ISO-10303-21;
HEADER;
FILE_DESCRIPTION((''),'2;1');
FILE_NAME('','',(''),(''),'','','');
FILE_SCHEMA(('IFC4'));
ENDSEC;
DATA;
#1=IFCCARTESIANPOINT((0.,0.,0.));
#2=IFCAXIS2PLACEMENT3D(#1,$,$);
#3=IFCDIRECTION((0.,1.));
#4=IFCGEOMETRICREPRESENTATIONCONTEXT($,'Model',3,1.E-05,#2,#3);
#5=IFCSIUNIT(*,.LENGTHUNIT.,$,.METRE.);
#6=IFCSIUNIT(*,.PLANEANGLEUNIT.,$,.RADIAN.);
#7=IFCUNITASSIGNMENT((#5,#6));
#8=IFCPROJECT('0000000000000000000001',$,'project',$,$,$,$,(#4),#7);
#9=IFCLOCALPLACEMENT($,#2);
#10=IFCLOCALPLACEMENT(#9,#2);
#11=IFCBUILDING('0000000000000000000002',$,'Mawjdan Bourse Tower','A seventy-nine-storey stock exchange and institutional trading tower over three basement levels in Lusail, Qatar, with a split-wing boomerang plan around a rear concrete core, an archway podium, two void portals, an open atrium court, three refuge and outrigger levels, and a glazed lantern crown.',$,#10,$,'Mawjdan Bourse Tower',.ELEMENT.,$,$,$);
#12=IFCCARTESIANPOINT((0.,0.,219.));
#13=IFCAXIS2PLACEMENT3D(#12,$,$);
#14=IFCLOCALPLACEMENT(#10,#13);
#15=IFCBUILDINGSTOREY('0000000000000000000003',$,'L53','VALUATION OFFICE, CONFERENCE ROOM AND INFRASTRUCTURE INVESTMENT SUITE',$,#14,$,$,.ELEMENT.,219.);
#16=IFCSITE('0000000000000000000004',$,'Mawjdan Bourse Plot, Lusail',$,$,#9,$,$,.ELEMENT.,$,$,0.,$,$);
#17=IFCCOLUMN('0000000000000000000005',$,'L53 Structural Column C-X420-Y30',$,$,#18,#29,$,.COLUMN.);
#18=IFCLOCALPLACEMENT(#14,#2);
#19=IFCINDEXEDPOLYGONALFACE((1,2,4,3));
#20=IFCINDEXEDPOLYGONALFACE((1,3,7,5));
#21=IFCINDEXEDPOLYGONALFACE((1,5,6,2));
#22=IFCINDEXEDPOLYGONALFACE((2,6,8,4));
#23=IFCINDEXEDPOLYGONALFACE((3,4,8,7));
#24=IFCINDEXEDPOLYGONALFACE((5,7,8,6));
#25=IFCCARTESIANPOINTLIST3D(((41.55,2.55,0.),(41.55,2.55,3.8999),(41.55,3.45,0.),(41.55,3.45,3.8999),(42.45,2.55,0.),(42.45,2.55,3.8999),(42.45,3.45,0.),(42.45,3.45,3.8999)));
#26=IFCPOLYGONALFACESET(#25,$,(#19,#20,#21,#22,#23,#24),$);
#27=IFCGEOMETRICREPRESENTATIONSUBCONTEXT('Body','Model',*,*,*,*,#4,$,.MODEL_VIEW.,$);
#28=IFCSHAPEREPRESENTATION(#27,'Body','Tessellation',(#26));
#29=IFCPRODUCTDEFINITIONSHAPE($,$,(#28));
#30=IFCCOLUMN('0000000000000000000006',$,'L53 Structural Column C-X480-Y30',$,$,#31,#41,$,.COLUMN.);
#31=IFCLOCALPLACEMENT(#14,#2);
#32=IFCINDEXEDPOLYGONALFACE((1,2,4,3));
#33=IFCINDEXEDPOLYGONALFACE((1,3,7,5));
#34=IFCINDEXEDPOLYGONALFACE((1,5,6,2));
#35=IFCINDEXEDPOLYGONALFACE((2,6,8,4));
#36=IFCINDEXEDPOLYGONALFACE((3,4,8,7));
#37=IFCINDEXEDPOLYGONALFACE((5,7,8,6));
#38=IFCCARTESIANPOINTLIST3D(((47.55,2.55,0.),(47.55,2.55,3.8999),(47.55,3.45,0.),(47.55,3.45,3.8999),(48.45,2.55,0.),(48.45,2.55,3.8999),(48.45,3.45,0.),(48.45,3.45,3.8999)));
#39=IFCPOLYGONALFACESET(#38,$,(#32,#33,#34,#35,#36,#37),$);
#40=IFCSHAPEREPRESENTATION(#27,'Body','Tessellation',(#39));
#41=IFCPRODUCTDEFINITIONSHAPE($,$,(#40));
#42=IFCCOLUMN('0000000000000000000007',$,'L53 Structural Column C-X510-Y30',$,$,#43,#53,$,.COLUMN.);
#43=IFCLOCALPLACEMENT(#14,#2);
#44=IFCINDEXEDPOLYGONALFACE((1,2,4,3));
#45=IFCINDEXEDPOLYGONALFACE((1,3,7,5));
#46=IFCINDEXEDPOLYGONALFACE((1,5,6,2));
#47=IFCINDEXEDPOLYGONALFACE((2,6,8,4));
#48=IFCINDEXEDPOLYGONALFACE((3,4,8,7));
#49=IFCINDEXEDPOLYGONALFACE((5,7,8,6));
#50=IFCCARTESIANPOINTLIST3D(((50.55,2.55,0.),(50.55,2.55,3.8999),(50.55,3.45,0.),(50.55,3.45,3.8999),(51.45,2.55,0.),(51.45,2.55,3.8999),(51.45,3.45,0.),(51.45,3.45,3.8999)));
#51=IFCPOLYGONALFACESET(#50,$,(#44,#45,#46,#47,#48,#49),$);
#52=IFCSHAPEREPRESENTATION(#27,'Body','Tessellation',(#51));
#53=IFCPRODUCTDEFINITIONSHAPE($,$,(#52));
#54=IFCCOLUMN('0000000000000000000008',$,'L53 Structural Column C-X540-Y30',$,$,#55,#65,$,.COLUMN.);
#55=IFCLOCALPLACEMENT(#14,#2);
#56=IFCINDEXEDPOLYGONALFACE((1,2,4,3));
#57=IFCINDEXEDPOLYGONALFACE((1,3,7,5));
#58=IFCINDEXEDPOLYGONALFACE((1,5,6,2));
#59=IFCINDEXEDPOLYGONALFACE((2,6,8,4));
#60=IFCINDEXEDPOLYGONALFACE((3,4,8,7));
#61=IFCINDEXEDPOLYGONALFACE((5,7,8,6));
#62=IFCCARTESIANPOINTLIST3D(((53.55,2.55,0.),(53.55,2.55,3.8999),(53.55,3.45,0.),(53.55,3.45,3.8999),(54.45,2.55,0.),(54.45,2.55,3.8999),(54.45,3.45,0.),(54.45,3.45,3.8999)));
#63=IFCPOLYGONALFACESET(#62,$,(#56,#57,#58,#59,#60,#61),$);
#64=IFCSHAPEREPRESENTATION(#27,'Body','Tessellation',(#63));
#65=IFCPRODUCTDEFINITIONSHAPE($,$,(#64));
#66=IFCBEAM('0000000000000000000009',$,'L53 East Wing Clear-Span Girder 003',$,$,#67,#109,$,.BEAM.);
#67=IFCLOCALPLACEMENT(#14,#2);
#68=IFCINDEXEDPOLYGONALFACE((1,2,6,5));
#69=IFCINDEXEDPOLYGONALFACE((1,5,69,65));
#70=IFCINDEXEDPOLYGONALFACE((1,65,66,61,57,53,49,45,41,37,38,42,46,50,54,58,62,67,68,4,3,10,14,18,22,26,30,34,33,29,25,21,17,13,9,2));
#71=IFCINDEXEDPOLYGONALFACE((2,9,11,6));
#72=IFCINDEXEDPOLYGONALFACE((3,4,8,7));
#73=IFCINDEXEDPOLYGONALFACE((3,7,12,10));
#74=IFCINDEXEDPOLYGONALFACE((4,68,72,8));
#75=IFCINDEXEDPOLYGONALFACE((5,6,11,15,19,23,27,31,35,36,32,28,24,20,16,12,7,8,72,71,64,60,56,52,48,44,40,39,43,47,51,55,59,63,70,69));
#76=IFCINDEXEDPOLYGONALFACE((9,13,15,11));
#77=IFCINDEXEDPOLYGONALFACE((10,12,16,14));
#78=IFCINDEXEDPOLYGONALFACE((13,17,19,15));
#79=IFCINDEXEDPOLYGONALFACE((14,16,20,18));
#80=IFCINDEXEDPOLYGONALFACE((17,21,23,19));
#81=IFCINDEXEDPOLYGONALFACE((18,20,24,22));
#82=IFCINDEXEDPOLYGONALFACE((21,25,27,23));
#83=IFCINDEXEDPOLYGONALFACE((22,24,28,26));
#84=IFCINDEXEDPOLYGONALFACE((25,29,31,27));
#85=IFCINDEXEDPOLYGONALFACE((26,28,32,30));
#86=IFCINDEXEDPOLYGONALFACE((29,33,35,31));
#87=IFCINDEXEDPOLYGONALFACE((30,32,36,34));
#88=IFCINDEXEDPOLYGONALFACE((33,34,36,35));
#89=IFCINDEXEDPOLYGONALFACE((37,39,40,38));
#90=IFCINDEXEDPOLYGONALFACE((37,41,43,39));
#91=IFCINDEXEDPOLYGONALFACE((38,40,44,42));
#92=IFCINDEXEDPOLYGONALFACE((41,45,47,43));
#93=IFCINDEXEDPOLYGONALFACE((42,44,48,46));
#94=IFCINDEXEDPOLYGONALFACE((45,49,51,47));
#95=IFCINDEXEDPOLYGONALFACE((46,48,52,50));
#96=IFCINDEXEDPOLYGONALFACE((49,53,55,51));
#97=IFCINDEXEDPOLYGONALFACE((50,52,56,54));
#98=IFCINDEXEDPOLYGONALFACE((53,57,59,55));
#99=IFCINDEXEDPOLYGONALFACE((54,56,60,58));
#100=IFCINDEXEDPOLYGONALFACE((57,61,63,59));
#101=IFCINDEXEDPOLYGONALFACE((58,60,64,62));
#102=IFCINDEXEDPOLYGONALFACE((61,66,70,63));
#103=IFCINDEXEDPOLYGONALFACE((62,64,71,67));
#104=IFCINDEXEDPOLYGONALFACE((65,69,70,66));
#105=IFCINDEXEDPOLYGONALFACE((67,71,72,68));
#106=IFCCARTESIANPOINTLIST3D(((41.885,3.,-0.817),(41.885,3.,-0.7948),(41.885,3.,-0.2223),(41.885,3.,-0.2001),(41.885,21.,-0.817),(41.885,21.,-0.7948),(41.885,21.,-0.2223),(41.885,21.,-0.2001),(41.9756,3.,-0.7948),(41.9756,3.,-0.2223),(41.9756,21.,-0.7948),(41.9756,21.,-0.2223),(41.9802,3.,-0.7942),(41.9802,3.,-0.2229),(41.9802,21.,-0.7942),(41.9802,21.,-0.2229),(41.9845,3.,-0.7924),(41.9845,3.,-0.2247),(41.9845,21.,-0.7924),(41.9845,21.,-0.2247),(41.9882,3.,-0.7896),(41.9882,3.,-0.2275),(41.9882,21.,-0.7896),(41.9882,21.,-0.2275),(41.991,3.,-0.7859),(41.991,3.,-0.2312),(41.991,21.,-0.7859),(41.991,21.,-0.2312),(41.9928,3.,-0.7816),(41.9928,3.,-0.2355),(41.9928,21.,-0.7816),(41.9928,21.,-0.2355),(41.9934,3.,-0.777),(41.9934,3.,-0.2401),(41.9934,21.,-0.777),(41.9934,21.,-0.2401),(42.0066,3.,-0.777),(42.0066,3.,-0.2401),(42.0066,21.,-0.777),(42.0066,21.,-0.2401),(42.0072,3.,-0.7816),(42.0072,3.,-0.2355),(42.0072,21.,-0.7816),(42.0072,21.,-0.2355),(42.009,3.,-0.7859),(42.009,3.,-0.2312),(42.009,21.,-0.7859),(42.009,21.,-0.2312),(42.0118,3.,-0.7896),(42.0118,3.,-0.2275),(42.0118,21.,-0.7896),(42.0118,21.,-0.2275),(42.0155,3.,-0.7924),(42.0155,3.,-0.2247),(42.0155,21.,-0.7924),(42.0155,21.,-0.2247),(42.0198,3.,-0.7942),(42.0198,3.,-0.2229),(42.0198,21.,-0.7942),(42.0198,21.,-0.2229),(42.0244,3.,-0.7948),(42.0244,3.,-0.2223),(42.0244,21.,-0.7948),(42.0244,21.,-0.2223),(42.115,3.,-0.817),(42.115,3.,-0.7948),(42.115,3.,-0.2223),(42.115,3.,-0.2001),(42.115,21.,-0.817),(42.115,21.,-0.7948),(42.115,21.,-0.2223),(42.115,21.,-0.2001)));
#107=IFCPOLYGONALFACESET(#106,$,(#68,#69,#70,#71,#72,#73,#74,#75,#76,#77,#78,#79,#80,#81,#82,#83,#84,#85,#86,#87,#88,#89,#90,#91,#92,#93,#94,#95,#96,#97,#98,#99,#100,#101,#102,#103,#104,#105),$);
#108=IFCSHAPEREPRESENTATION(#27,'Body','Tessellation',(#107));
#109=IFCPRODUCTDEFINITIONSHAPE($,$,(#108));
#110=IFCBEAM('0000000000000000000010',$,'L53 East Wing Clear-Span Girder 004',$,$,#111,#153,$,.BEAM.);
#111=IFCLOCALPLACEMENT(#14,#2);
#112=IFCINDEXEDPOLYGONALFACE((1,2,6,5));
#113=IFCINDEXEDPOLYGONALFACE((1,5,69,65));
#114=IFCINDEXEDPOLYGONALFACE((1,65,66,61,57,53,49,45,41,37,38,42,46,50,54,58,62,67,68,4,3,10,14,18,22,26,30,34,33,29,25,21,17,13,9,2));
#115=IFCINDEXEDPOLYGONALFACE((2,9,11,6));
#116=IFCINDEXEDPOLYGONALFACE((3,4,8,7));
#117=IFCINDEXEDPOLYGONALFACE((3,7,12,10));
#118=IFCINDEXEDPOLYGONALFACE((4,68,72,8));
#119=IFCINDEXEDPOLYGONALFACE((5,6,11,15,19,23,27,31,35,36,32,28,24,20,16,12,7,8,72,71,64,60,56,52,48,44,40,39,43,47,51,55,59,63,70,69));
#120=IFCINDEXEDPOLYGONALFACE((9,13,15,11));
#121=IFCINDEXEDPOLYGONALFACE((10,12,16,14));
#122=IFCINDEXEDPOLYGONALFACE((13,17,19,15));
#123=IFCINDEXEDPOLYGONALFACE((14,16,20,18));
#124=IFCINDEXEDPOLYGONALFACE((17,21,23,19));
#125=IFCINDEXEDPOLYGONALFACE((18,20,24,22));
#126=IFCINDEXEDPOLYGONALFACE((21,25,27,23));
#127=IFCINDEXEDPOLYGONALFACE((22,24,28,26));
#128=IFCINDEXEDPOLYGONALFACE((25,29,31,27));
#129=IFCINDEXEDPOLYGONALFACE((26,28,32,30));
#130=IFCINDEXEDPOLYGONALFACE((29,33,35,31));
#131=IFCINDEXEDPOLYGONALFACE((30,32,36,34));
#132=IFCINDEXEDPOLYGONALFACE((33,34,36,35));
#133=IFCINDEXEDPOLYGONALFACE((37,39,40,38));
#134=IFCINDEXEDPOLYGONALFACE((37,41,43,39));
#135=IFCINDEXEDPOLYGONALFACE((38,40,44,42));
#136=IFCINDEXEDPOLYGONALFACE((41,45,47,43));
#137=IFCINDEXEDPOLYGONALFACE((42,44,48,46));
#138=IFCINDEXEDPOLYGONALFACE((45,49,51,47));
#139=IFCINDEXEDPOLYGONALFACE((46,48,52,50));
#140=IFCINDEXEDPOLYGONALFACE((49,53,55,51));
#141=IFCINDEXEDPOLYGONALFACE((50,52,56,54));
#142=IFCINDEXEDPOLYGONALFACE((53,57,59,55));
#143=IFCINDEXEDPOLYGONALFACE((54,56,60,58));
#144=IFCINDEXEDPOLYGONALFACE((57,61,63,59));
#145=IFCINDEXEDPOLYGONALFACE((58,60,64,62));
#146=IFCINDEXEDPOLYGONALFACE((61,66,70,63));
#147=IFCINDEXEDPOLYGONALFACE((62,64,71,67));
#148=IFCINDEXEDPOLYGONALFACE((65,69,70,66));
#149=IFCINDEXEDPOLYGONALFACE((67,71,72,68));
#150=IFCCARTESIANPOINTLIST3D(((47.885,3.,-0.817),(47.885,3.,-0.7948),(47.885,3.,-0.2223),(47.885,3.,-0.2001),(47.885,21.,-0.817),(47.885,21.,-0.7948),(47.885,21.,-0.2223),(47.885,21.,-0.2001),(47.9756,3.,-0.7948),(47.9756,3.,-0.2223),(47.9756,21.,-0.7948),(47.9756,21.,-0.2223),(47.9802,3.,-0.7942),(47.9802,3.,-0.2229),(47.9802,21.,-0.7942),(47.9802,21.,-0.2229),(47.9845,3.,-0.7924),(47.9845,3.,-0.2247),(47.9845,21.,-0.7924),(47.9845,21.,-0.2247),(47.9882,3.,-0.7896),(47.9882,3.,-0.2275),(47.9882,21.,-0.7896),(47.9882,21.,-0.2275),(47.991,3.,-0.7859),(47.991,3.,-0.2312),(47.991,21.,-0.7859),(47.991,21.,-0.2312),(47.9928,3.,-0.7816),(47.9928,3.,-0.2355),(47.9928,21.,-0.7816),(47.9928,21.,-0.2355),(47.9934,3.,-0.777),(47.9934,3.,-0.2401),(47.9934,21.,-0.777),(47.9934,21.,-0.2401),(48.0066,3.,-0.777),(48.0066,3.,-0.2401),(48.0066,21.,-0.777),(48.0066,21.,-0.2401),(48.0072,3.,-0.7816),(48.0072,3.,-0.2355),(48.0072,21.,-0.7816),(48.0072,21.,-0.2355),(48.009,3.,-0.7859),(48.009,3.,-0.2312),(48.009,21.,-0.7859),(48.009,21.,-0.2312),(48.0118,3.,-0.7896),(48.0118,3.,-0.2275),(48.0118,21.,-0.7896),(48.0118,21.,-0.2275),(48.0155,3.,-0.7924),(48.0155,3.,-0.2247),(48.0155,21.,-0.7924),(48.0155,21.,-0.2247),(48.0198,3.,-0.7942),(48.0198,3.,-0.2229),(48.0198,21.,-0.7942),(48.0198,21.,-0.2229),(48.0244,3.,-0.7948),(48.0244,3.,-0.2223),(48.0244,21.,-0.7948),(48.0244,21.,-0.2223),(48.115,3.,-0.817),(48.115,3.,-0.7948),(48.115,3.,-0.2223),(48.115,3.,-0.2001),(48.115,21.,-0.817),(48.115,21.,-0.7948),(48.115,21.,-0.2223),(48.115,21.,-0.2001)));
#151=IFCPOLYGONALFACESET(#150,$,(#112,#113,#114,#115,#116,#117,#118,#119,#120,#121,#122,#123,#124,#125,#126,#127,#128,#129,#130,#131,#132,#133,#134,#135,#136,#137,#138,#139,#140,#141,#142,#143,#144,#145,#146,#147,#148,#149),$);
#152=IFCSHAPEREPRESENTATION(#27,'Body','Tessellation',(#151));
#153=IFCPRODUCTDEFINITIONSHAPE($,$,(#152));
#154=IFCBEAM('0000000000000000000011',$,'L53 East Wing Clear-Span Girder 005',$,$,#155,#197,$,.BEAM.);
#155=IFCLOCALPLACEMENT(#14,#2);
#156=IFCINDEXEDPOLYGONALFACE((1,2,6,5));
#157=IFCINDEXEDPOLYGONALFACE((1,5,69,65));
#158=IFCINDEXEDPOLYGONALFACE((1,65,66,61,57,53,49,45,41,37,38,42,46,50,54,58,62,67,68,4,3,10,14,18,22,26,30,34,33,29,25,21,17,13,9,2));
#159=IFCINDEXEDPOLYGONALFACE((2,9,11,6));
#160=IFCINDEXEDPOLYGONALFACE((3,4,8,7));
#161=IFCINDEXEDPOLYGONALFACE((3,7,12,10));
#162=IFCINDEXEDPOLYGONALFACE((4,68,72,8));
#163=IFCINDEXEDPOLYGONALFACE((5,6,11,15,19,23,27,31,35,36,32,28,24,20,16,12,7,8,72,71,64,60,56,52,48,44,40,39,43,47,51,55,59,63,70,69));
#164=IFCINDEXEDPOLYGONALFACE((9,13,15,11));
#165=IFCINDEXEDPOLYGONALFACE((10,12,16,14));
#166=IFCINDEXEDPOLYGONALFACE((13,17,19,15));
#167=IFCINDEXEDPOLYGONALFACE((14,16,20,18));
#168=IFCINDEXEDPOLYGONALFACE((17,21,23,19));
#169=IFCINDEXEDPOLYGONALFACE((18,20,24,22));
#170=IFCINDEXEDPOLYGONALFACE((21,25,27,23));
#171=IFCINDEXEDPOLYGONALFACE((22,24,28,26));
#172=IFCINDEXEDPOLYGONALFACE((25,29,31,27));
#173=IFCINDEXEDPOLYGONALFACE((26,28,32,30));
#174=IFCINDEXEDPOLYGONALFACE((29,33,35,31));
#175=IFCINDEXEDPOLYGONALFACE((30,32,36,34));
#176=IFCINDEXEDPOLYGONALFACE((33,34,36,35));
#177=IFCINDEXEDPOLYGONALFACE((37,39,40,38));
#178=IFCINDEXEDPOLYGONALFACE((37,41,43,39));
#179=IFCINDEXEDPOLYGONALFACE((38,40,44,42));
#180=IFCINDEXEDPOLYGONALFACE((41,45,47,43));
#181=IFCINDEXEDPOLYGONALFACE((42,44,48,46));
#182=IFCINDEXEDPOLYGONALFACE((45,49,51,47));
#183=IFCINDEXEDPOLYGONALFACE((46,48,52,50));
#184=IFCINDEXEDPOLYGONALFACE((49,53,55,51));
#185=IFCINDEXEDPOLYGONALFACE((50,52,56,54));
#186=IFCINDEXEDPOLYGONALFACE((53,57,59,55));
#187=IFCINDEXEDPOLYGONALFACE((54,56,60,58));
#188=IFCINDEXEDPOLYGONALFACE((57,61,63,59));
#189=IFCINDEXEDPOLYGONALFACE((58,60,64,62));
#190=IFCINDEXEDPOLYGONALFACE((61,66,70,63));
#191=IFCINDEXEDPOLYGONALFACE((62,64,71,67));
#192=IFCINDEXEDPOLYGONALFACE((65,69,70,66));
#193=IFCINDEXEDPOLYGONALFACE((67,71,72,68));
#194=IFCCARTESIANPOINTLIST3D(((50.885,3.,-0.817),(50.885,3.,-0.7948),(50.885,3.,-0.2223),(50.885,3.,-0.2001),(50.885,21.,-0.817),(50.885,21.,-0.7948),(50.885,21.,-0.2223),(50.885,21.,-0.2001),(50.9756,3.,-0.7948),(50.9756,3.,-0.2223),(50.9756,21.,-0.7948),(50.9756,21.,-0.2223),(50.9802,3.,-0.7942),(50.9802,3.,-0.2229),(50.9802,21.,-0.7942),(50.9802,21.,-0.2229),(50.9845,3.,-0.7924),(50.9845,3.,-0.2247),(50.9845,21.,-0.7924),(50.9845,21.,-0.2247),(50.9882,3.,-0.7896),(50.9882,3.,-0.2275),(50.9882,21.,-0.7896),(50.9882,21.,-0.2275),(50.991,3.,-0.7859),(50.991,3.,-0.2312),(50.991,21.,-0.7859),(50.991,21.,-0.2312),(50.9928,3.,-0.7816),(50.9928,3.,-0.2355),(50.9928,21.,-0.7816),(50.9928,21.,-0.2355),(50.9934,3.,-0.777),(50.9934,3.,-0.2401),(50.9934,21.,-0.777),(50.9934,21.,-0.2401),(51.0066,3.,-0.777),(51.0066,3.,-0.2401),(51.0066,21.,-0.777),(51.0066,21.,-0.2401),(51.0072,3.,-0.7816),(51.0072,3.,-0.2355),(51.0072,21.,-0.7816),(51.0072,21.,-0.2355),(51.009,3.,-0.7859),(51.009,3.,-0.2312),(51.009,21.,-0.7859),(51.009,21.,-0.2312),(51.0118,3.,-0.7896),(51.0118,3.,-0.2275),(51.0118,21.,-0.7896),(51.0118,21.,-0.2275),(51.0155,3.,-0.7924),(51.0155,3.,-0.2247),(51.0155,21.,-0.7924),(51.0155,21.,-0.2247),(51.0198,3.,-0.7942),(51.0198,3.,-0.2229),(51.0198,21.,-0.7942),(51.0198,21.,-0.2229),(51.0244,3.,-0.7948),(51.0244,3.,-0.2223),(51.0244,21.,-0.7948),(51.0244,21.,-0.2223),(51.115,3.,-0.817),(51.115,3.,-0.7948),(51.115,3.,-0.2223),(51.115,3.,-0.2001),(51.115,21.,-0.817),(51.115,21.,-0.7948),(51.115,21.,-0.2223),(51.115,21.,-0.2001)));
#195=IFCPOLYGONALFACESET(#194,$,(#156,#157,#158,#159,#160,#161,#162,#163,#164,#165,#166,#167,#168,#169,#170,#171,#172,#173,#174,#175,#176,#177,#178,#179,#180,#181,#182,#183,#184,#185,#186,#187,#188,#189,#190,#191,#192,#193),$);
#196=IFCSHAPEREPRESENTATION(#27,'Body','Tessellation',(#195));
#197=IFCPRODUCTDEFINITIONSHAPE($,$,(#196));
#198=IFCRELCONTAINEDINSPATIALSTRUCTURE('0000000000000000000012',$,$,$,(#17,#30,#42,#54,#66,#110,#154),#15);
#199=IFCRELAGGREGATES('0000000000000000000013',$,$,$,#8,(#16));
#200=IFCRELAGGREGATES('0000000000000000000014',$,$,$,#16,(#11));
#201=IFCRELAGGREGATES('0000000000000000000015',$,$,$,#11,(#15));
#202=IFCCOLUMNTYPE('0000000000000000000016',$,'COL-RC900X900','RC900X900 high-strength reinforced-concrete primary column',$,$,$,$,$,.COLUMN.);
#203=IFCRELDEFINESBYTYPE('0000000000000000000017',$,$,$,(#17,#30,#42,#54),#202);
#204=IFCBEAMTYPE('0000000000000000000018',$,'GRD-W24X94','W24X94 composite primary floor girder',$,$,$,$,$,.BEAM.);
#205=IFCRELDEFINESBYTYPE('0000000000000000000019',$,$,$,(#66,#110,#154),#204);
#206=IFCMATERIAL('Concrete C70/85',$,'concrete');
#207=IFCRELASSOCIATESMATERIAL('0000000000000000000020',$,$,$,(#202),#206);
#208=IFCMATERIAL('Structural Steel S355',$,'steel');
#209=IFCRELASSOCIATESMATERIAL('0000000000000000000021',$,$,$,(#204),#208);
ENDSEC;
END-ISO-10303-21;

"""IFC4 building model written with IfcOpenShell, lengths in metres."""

from ifc_helpers import new_model, si_unit, direction, frame, origin, origin_2d, place, context, subcontext, project, spatial, rectangle, i_section, extrude, material, material_profile, profile_set, type_object, element, save


model = new_model("IFC4")

# Units and contexts
model_context = context("Model", 3, precision=1e-05, world=origin(), true_north=direction((0.0, 1.0)))
body_context = subcontext(model_context, "Body", "Model", "MODEL_VIEW")
ifc_project = project(units=[si_unit("LENGTHUNIT", "METRE"), si_unit("PLANEANGLEUNIT", "RADIAN")], contexts=[model_context])

# Site, building, storey
site_placement = place(None, origin())
site = spatial("IfcSite", under=ifc_project, at=site_placement, Name="Mawjdan Bourse Plot, Lusail", CompositionType="ELEMENT", RefElevation=0.0)
building_placement = place(site_placement, origin())
building = spatial("IfcBuilding", under=site, at=building_placement, Name="Mawjdan Bourse Tower", Description="A seventy-nine-storey stock exchange and institutional trading tower over three basement levels in Lusail, Qatar, with a split-wing boomerang plan around a rear concrete core, an archway podium, two void portals, an open atrium court, three refuge and outrigger levels, and a glazed lantern crown.", LongName="Mawjdan Bourse Tower", CompositionType="ELEMENT")
storey_placement = place(building_placement, frame((0.0, 0.0, 219.0)))
storey = spatial("IfcBuildingStorey", under=building, at=storey_placement, Name="L53", Description="VALUATION OFFICE, CONFERENCE ROOM AND INFRASTRUCTURE INVESTMENT SUITE", CompositionType="ELEMENT", Elevation=219.0)

# Columns
ifc_material_1 = material(Name="Concrete C70/85", Category="concrete")
ifc_material_profile_1 = material_profile(ifc_material_1, rectangle(XDim=0.8999, YDim=0.8999, at=origin_2d()), Name="RC900X900")
ifc_profile_set_1 = profile_set([ifc_material_profile_1], Name="Concrete C70/85")
column_type = type_object("IfcColumnType", Name="COL-RC900X900", Description="RC900X900 high-strength reinforced-concrete primary column", PredefinedType="COLUMN", material=ifc_profile_set_1)
for number, where, z_axis, x_axis, name in (
    (1, (42.0, 3.0, 0.0), (0.0, 0.0, 1.0), (1.0, 0.0, 0.0), "L53 Structural Column C-X420-Y30"),
    (2, (48.0, 3.0, 0.0), (0.0, 0.0, 1.0), (1.0, 0.0, 0.0), "L53 Structural Column C-X480-Y30"),
    (3, (51.0, 3.0, 0.0), (0.0, 0.0, 1.0), (1.0, 0.0, 0.0), "L53 Structural Column C-X510-Y30"),
    (4, (54.0, 3.0, 0.0), (0.0, 0.0, 1.0), (1.0, 0.0, 0.0), "L53 Structural Column C-X540-Y30"),
):
    element("IfcColumn", number, at=place(storey_placement, frame(where, z_axis=z_axis, x_axis=x_axis)), inside=storey, type_object=column_type, Name=name, PredefinedType="COLUMN", context=body_context, shape_type="SweptSolid", body=[
        extrude(rectangle(XDim=0.8999, YDim=0.8999, at=origin_2d()), origin(), (0.0, 0.0, 1.0), 3.8999),
    ])

# Beams
ifc_material_2 = material(Name="Structural Steel S355", Category="steel")
ifc_material_profile_2 = material_profile(ifc_material_2, i_section(OverallWidth=0.23, OverallDepth=0.6169, WebThickness=0.0132, FlangeThickness=0.0222, FilletRadius=0.0178, at=origin_2d()), Name="W24X94")
ifc_profile_set_2 = profile_set([ifc_material_profile_2], Name="Structural Steel S355")
beam_type_1 = type_object("IfcBeamType", Name="GRD-W24X94", Description="W24X94 composite primary floor girder", PredefinedType="BEAM", material=ifc_profile_set_2)
for number, where, z_axis, x_axis, name in (
    (5, (42.0, 3.0, -0.5085), (0.0, 1.0, 0.0), (-1.0, 0.0, 0.0), "L53 East Wing Clear-Span Girder 003"),
    (6, (48.0, 3.0, -0.5085), (0.0, 1.0, 0.0), (-1.0, 0.0, 0.0), "L53 East Wing Clear-Span Girder 004"),
    (7, (51.0, 3.0, -0.5085), (0.0, 1.0, 0.0), (-1.0, 0.0, 0.0), "L53 East Wing Clear-Span Girder 005"),
):
    element("IfcBeam", number, at=place(storey_placement, frame(where, z_axis=z_axis, x_axis=x_axis)), inside=storey, type_object=beam_type_1, Name=name, PredefinedType="BEAM", context=body_context, shape_type="SweptSolid", body=[
        extrude(i_section(OverallWidth=0.23, OverallDepth=0.6169, WebThickness=0.0132, FlangeThickness=0.0222, FilletRadius=0.0178, at=origin_2d()), origin(), (0.0, 0.0, 1.0), 18.0),
    ])

save(model, "model.ifc")
